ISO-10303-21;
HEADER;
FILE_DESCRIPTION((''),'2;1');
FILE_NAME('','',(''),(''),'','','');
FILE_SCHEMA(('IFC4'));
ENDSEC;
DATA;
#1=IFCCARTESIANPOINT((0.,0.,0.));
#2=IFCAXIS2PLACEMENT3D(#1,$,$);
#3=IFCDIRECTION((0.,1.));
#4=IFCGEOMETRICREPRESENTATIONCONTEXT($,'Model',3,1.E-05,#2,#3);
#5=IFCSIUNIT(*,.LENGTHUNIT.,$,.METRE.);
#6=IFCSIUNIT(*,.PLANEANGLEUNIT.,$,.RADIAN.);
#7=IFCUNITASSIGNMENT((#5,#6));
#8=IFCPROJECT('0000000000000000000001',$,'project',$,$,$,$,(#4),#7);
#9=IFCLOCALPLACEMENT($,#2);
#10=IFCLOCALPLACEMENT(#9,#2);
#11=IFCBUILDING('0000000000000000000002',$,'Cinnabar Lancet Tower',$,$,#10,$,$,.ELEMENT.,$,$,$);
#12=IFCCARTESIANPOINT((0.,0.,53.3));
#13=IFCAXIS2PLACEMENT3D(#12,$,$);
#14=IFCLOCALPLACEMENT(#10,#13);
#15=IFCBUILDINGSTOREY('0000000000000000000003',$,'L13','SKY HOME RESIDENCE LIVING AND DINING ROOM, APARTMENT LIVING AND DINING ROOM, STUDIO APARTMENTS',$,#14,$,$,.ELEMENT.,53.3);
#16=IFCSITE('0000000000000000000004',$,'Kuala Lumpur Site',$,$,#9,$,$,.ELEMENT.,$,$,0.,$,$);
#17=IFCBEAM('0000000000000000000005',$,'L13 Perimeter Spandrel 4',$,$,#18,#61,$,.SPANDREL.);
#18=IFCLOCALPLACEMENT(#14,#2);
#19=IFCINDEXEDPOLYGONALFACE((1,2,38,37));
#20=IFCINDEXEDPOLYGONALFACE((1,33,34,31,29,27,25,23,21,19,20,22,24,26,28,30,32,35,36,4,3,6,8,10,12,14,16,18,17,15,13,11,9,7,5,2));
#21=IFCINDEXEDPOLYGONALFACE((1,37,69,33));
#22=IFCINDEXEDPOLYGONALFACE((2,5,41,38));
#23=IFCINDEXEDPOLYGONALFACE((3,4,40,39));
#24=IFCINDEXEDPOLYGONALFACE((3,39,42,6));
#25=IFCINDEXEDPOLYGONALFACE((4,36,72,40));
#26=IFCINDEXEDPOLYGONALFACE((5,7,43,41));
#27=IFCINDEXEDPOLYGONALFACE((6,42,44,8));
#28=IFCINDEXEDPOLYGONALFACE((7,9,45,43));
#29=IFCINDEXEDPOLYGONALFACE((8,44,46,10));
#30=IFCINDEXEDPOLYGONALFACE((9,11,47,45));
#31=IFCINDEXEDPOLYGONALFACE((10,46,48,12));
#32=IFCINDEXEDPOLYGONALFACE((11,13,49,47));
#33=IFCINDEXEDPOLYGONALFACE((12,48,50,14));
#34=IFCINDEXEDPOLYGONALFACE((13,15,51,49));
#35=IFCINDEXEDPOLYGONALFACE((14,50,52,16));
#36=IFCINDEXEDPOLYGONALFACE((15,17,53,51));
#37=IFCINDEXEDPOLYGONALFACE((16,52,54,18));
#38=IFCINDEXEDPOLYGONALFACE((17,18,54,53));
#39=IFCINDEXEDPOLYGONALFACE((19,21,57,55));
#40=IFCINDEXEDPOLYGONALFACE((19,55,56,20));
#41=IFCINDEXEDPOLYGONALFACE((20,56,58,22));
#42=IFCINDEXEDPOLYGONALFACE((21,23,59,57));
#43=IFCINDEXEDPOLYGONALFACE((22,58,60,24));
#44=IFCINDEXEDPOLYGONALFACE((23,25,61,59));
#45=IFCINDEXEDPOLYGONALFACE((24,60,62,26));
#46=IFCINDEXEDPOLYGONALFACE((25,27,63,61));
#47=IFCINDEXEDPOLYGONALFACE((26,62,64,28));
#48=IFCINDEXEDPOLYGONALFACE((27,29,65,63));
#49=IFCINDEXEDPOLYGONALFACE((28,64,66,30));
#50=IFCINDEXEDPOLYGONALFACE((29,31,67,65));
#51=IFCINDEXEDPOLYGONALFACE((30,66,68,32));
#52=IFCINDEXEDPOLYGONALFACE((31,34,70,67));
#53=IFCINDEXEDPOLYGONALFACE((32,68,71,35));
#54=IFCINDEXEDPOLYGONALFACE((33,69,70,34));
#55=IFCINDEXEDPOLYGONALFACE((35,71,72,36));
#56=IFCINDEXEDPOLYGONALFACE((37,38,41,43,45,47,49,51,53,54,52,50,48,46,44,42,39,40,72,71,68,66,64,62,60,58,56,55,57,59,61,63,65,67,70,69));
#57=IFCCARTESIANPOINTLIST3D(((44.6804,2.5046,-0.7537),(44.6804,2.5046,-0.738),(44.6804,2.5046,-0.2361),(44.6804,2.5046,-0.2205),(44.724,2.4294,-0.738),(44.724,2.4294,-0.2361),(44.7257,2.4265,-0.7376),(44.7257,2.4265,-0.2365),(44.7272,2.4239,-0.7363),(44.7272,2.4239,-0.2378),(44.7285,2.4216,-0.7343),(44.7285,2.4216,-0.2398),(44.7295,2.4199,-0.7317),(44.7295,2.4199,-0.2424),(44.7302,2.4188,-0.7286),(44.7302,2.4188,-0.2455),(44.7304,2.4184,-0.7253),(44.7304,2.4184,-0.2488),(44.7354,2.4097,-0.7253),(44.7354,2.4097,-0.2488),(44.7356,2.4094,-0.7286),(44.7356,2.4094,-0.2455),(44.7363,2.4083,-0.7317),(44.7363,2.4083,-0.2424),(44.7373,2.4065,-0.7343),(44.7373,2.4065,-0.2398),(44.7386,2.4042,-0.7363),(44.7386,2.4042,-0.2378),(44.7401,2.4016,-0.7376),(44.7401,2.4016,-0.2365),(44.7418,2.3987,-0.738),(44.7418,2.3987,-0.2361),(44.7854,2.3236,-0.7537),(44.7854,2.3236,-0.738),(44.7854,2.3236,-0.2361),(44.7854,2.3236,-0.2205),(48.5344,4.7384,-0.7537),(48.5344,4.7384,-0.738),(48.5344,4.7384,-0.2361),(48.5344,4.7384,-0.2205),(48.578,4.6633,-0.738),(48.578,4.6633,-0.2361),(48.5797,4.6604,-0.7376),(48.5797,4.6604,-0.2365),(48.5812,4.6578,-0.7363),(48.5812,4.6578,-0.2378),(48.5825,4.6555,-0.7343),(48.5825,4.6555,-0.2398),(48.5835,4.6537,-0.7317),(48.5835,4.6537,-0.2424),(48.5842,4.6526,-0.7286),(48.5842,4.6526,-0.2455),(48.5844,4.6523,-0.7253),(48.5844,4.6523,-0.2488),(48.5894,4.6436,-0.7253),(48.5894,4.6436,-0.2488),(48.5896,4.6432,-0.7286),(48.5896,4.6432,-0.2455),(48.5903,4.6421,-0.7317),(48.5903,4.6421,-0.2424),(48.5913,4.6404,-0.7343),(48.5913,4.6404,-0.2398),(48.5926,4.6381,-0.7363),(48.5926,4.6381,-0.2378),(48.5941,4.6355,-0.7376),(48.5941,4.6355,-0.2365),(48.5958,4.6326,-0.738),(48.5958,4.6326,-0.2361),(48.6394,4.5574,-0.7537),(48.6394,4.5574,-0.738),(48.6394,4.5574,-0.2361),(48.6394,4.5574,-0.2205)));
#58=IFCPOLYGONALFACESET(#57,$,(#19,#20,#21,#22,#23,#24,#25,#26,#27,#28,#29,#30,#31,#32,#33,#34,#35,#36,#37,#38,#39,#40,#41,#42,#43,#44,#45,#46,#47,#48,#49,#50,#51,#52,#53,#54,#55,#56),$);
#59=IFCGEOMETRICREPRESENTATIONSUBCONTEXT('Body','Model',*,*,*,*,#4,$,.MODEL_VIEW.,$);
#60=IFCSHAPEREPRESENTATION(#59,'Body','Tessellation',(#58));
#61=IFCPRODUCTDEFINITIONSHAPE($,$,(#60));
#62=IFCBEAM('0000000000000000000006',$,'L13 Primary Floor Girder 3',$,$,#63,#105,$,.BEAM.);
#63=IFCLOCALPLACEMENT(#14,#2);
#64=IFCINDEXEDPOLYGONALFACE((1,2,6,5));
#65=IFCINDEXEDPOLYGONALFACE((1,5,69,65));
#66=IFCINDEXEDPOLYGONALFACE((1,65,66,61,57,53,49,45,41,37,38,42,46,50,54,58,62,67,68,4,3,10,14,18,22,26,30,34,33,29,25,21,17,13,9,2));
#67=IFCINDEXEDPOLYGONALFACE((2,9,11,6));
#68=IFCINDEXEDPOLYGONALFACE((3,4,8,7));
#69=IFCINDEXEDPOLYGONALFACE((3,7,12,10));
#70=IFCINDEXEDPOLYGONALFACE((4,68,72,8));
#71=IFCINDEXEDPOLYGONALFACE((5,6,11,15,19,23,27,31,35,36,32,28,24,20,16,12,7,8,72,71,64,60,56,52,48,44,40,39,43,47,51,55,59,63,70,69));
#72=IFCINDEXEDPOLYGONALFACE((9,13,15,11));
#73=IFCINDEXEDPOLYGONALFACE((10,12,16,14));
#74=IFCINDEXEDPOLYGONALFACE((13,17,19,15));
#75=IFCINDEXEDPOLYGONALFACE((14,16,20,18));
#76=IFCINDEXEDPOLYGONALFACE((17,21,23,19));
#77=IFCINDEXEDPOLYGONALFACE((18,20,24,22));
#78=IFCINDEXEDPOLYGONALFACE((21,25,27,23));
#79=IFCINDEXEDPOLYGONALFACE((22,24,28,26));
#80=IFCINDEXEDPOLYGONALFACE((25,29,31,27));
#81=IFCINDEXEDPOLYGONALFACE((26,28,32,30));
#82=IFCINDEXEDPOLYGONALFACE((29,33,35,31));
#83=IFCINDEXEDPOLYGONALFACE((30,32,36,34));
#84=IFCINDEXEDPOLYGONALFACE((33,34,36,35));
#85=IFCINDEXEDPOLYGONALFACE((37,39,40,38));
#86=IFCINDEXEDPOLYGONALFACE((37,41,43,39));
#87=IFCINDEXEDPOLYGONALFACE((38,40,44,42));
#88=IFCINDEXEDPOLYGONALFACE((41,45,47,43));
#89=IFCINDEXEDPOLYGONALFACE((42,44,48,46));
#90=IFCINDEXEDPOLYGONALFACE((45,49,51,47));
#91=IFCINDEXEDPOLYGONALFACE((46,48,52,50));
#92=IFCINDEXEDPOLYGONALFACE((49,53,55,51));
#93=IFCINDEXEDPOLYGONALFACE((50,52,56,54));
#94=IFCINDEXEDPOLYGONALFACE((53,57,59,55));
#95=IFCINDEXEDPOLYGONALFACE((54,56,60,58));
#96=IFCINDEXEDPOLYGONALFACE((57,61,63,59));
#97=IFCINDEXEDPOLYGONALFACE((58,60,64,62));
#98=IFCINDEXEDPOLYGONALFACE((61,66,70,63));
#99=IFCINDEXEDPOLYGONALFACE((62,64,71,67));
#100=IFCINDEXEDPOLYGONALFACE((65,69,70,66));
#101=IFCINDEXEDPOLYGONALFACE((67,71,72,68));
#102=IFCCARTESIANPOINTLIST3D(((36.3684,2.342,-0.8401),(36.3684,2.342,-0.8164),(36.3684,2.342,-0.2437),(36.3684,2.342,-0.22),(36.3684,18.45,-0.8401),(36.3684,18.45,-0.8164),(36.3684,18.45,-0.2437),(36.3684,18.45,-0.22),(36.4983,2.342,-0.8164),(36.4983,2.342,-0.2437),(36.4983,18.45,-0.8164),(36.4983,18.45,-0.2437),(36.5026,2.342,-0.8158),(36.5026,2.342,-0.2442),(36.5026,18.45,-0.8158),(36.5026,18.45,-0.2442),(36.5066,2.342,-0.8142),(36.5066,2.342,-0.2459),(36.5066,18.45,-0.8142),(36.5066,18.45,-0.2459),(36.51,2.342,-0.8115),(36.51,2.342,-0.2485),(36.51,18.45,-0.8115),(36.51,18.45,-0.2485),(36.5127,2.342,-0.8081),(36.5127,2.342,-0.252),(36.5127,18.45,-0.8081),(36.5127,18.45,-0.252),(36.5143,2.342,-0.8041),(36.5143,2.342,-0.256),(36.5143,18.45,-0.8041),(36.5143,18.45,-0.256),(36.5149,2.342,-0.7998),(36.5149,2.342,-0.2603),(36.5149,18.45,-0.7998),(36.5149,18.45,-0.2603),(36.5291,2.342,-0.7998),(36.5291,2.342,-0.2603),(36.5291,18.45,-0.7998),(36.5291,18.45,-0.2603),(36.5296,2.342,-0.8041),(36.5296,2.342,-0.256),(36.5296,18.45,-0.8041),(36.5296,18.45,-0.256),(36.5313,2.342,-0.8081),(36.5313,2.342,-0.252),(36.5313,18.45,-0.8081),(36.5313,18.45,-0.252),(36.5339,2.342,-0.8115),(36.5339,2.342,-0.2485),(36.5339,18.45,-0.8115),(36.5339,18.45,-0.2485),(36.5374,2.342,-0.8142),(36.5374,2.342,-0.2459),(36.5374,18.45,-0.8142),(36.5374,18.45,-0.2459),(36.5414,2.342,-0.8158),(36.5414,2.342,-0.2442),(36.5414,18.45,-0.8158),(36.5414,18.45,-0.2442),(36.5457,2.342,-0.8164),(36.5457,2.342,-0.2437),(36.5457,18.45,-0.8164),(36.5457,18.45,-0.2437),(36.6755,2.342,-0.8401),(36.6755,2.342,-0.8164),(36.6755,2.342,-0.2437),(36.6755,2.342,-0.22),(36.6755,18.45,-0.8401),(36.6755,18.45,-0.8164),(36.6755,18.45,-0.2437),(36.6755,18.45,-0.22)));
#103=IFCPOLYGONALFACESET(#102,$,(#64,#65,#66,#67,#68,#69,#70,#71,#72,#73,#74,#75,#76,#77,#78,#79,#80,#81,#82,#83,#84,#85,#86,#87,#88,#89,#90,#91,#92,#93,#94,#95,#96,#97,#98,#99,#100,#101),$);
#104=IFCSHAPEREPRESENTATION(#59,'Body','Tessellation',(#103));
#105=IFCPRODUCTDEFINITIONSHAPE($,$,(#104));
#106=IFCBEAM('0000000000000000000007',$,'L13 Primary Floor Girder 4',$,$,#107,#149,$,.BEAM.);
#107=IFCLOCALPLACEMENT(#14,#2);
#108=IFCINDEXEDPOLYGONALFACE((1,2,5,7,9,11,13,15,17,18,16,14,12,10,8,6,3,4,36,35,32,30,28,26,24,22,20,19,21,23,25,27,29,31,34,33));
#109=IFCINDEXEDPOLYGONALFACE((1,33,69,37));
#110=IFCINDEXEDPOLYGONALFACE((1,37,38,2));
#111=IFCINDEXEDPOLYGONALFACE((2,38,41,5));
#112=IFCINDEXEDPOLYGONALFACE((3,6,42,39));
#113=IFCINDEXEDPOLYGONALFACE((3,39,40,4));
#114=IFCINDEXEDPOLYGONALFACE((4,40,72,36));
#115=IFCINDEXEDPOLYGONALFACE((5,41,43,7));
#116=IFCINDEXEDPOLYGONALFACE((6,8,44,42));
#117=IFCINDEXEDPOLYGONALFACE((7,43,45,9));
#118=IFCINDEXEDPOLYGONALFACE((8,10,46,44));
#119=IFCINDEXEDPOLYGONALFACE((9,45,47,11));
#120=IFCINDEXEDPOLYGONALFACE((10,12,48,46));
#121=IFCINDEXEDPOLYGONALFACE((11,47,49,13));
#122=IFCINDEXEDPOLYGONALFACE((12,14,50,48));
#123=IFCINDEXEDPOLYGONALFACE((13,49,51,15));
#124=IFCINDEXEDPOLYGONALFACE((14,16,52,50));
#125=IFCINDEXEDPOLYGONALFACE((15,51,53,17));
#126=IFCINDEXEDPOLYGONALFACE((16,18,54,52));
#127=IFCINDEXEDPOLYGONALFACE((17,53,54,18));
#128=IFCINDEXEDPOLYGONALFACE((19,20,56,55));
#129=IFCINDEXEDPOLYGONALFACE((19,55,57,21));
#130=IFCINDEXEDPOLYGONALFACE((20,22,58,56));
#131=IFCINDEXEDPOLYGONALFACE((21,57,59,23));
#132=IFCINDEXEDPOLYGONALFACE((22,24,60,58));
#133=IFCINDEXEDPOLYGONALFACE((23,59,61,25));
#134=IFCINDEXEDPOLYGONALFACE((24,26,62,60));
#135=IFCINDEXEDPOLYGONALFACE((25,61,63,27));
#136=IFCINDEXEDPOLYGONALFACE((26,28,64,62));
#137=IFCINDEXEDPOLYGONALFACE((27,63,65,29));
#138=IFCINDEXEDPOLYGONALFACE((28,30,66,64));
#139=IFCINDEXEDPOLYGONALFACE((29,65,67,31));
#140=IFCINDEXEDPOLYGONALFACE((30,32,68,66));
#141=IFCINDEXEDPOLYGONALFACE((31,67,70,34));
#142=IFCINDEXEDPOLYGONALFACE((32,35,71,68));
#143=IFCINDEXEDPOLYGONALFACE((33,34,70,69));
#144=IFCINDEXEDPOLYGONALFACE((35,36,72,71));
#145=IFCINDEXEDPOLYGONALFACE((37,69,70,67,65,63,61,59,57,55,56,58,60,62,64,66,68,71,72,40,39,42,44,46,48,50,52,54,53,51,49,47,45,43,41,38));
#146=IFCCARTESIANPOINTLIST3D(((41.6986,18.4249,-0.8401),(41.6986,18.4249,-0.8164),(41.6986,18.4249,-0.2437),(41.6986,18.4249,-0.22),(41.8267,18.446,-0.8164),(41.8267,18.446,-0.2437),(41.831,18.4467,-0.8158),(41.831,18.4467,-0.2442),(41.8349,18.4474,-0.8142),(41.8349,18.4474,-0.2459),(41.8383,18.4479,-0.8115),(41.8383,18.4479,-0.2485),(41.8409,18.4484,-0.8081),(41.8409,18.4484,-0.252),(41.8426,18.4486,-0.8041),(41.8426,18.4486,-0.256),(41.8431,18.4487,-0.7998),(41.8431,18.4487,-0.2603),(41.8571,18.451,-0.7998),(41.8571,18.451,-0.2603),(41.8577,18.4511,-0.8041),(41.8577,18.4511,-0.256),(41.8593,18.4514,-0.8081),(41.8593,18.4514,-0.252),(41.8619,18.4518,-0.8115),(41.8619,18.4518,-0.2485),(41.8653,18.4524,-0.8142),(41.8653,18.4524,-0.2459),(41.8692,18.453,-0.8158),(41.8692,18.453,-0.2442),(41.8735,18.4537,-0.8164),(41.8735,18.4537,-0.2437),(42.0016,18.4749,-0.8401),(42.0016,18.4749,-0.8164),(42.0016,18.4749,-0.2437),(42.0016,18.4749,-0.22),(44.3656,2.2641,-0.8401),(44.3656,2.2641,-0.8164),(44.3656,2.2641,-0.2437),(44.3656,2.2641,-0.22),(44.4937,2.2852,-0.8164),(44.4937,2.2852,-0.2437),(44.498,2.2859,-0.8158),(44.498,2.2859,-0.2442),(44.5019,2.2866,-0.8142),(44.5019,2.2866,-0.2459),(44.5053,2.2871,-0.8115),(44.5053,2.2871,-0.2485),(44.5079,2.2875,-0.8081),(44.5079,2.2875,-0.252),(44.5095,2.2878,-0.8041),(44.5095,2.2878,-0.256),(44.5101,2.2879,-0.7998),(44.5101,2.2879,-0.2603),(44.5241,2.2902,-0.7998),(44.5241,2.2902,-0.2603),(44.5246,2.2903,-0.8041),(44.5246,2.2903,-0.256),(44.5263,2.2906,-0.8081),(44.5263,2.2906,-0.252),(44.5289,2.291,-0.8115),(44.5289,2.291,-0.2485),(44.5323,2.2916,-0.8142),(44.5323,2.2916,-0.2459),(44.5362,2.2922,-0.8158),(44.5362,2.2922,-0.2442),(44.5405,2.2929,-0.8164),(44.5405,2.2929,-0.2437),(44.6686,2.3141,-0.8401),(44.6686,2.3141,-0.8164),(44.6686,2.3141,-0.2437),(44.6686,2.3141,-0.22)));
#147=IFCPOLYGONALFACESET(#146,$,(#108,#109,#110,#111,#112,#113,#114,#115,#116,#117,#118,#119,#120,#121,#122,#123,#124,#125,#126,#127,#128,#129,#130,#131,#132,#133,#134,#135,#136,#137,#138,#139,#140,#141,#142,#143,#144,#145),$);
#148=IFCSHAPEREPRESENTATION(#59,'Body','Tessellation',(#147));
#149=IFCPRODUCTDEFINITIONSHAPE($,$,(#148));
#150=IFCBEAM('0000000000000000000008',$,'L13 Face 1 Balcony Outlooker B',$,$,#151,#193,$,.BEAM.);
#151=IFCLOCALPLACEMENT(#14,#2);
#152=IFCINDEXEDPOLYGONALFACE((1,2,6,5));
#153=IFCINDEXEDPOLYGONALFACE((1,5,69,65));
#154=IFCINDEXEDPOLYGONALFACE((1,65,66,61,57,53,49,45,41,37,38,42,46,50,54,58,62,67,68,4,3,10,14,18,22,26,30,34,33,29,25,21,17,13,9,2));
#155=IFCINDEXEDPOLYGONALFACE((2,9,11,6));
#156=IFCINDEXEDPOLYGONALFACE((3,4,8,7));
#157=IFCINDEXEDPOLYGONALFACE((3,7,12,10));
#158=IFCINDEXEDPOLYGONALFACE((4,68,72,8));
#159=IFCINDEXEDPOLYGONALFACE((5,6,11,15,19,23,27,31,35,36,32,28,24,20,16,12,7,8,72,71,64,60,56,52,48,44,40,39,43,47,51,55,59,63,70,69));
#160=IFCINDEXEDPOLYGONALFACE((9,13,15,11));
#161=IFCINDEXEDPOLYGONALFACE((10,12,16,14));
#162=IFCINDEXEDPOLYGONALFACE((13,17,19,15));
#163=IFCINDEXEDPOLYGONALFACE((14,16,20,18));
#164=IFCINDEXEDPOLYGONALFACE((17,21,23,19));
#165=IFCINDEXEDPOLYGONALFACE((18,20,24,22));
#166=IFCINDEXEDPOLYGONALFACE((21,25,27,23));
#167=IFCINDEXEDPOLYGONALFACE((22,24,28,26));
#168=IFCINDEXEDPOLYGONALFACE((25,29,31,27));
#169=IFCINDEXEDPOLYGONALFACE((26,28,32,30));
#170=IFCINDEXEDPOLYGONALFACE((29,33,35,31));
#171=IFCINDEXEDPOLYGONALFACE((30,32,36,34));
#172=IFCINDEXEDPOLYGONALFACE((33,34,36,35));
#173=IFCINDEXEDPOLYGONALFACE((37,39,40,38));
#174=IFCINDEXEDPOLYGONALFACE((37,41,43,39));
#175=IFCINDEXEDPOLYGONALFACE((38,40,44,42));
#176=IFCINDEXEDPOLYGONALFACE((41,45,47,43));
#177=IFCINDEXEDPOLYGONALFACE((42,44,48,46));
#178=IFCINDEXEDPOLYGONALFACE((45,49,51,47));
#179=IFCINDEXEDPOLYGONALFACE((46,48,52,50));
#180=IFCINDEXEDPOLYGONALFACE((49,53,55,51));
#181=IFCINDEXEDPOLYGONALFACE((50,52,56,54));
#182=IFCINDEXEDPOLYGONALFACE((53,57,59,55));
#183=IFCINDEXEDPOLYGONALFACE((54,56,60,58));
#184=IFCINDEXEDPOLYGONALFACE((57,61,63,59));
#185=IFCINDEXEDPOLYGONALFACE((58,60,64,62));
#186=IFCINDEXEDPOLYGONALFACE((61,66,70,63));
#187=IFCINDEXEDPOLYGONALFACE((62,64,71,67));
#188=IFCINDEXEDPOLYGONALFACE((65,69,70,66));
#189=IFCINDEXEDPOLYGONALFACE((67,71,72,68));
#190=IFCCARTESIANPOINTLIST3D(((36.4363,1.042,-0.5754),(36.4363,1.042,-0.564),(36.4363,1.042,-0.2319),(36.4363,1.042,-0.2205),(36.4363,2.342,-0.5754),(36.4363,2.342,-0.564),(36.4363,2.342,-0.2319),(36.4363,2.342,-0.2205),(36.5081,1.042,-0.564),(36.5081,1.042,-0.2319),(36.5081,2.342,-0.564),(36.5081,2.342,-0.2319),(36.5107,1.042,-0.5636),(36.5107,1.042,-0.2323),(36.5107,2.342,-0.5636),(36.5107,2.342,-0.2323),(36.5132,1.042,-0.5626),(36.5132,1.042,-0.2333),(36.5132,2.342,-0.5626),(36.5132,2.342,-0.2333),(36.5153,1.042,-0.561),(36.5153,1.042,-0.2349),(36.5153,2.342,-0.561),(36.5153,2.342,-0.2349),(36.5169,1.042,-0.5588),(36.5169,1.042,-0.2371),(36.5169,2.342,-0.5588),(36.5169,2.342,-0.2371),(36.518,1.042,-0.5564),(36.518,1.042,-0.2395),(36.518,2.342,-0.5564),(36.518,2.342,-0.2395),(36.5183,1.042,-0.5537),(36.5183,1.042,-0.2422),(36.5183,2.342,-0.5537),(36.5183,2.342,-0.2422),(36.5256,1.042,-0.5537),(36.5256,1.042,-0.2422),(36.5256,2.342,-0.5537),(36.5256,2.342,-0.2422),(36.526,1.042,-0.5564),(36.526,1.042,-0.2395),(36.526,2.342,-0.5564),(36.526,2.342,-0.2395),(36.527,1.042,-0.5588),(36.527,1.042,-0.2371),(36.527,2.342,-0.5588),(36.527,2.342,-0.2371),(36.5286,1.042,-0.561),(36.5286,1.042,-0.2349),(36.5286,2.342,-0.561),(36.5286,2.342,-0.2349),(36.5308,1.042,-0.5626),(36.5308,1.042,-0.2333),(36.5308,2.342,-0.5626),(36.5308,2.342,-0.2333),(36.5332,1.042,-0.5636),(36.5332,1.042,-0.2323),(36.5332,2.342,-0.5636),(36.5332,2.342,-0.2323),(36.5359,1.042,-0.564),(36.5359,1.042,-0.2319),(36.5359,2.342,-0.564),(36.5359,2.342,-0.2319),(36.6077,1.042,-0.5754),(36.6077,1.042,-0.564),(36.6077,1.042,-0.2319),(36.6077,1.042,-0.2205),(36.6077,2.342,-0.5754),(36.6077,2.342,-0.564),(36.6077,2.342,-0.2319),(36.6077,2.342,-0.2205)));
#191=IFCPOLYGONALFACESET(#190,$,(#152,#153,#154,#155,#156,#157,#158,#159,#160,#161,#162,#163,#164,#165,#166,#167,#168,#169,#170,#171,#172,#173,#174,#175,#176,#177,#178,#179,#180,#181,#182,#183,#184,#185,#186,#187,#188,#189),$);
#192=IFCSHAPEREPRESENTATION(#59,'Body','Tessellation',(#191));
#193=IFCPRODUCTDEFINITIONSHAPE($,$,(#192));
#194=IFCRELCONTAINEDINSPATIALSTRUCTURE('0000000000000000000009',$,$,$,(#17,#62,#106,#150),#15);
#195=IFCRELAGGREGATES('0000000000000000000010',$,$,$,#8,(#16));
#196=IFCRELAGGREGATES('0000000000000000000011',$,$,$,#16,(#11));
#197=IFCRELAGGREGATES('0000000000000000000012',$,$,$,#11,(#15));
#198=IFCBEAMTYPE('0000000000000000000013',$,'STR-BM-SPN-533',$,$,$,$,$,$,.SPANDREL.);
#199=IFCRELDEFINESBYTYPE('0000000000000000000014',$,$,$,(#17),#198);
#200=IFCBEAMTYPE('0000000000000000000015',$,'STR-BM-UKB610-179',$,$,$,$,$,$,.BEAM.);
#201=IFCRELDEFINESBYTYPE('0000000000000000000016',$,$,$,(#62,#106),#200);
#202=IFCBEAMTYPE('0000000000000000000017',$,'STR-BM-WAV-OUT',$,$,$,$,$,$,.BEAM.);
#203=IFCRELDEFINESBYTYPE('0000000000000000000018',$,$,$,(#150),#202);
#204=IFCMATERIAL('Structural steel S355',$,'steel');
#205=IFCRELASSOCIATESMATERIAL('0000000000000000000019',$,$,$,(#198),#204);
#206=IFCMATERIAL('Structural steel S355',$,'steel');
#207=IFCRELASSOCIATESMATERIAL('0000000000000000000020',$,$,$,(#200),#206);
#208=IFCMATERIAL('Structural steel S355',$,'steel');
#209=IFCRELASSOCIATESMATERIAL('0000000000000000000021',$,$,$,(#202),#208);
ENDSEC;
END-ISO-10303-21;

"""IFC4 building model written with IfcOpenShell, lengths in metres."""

from ifc_helpers import new_model, si_unit, direction, frame, origin, origin_2d, place, context, subcontext, project, spatial, i_section, extrude, material, material_profile, profile_set, type_object, element, save


model = new_model("IFC4")

# Units and contexts
model_context = context("Model", 3, precision=1e-05, world=origin(), true_north=direction((0.0, 1.0)))
body_context = subcontext(model_context, "Body", "Model", "MODEL_VIEW")
ifc_project = project(units=[si_unit("LENGTHUNIT", "METRE"), si_unit("PLANEANGLEUNIT", "RADIAN")], contexts=[model_context])

# Site, building, storey
site_placement = place(None, origin())
site = spatial("IfcSite", under=ifc_project, at=site_placement, Name="Kuala Lumpur Site", CompositionType="ELEMENT", RefElevation=0.0)
building_placement = place(site_placement, origin())
building = spatial("IfcBuilding", under=site, at=building_placement, Name="Cinnabar Lancet Tower", CompositionType="ELEMENT")
storey_placement = place(building_placement, frame((0.0, 0.0, 53.3)))
storey = spatial("IfcBuildingStorey", under=building, at=storey_placement, Name="L13", Description="SKY HOME RESIDENCE LIVING AND DINING ROOM, APARTMENT LIVING AND DINING ROOM, STUDIO APARTMENTS", CompositionType="ELEMENT", Elevation=53.3)

# Beams
ifc_material_1 = material(Name="Structural steel S355", Category="steel")
ifc_material_profile_1 = material_profile(ifc_material_1, i_section(OverallWidth=0.2092, OverallDepth=0.5332, WebThickness=0.01, FlangeThickness=0.0156, FilletRadius=0.0127, at=origin_2d()), Name="UKB 533x210x92")
ifc_profile_set_1 = profile_set([ifc_material_profile_1], Name="Structural steel S355")
beam_type_1 = type_object("IfcBeamType", Name="STR-BM-SPN-533", PredefinedType="SPANDREL", material=ifc_profile_set_1)
beam_1_placement = place(storey_placement, frame((44.7329, 2.4141, -0.4871), z_axis=(0.865171, 0.501477, 0.0), x_axis=(-0.501477, 0.865171, 0.0)))
element("IfcBeam", 1, at=beam_1_placement, inside=storey, type_object=beam_type_1, Name="L13 Perimeter Spandrel 4", PredefinedType="SPANDREL", context=body_context, shape_type="SweptSolid", body=[
    extrude(i_section(OverallWidth=0.2092, OverallDepth=0.5332, WebThickness=0.01, FlangeThickness=0.0156, FilletRadius=0.0127, at=origin_2d()), origin(), (0.0, 0.0, 1.0), 4.4546),
])
ifc_material_2 = material(Name="Structural steel S355", Category="steel")
ifc_material_profile_2 = material_profile(ifc_material_2, i_section(OverallWidth=0.3071, OverallDepth=0.6201, WebThickness=0.0142, FlangeThickness=0.0237, FilletRadius=0.0166, at=origin_2d()), Name="UKB 610x305x179")
ifc_profile_set_2 = profile_set([ifc_material_profile_2], Name="Structural steel S355")
beam_type_2 = type_object("IfcBeamType", Name="STR-BM-UKB610-179", PredefinedType="BEAM", material=ifc_profile_set_2)
beam_2_placement = place(storey_placement, frame((36.522, 2.342, -0.53), z_axis=(0.0, 1.0, 0.0), x_axis=(-1.0, 0.0, 0.0)))
element("IfcBeam", 2, at=beam_2_placement, inside=storey, type_object=beam_type_2, Name="L13 Primary Floor Girder 3", PredefinedType="BEAM", context=body_context, shape_type="SweptSolid", body=[
    extrude(i_section(OverallWidth=0.3071, OverallDepth=0.6201, WebThickness=0.0142, FlangeThickness=0.0237, FilletRadius=0.0166, at=origin_2d()), origin(), (0.0, 0.0, 1.0), 16.1079),
])
beam_3_placement = place(storey_placement, frame((44.5171, 2.2891, -0.53), z_axis=(-0.162825, 0.986655, 0.0), x_axis=(-0.986655, -0.162825, 0.0)))
element("IfcBeam", 3, at=beam_3_placement, inside=storey, type_object=beam_type_2, Name="L13 Primary Floor Girder 4", PredefinedType="BEAM", context=body_context, shape_type="SweptSolid", body=[
    extrude(i_section(OverallWidth=0.3071, OverallDepth=0.6201, WebThickness=0.0142, FlangeThickness=0.0237, FilletRadius=0.0166, at=origin_2d()), origin(), (0.0, 0.0, 1.0), 16.3794),
])
ifc_material_3 = material(Name="Structural steel S355", Category="steel")
ifc_material_profile_3 = material_profile(ifc_material_3, i_section(OverallWidth=0.1714, OverallDepth=0.355, WebThickness=0.0073, FlangeThickness=0.0115, FilletRadius=0.0103, at=origin_2d()), Name="UKB 356x171x51")
ifc_profile_set_3 = profile_set([ifc_material_profile_3], Name="Structural steel S355")
beam_type_3 = type_object("IfcBeamType", Name="STR-BM-WAV-OUT", PredefinedType="BEAM", material=ifc_profile_set_3)
beam_4_placement = place(storey_placement, frame((36.522, 2.342, -0.3979), z_axis=(0.0, -1.0, 0.0), x_axis=(1.0, 0.0, 0.0)))
element("IfcBeam", 4, at=beam_4_placement, inside=storey, type_object=beam_type_3, Name="L13 Face 1 Balcony Outlooker B", PredefinedType="BEAM", context=body_context, shape_type="SweptSolid", body=[
    extrude(i_section(OverallWidth=0.1714, OverallDepth=0.355, WebThickness=0.0073, FlangeThickness=0.0115, FilletRadius=0.0103, at=origin_2d()), origin(), (0.0, 0.0, 1.0), 1.3),
])

save(model, "model.ifc")
